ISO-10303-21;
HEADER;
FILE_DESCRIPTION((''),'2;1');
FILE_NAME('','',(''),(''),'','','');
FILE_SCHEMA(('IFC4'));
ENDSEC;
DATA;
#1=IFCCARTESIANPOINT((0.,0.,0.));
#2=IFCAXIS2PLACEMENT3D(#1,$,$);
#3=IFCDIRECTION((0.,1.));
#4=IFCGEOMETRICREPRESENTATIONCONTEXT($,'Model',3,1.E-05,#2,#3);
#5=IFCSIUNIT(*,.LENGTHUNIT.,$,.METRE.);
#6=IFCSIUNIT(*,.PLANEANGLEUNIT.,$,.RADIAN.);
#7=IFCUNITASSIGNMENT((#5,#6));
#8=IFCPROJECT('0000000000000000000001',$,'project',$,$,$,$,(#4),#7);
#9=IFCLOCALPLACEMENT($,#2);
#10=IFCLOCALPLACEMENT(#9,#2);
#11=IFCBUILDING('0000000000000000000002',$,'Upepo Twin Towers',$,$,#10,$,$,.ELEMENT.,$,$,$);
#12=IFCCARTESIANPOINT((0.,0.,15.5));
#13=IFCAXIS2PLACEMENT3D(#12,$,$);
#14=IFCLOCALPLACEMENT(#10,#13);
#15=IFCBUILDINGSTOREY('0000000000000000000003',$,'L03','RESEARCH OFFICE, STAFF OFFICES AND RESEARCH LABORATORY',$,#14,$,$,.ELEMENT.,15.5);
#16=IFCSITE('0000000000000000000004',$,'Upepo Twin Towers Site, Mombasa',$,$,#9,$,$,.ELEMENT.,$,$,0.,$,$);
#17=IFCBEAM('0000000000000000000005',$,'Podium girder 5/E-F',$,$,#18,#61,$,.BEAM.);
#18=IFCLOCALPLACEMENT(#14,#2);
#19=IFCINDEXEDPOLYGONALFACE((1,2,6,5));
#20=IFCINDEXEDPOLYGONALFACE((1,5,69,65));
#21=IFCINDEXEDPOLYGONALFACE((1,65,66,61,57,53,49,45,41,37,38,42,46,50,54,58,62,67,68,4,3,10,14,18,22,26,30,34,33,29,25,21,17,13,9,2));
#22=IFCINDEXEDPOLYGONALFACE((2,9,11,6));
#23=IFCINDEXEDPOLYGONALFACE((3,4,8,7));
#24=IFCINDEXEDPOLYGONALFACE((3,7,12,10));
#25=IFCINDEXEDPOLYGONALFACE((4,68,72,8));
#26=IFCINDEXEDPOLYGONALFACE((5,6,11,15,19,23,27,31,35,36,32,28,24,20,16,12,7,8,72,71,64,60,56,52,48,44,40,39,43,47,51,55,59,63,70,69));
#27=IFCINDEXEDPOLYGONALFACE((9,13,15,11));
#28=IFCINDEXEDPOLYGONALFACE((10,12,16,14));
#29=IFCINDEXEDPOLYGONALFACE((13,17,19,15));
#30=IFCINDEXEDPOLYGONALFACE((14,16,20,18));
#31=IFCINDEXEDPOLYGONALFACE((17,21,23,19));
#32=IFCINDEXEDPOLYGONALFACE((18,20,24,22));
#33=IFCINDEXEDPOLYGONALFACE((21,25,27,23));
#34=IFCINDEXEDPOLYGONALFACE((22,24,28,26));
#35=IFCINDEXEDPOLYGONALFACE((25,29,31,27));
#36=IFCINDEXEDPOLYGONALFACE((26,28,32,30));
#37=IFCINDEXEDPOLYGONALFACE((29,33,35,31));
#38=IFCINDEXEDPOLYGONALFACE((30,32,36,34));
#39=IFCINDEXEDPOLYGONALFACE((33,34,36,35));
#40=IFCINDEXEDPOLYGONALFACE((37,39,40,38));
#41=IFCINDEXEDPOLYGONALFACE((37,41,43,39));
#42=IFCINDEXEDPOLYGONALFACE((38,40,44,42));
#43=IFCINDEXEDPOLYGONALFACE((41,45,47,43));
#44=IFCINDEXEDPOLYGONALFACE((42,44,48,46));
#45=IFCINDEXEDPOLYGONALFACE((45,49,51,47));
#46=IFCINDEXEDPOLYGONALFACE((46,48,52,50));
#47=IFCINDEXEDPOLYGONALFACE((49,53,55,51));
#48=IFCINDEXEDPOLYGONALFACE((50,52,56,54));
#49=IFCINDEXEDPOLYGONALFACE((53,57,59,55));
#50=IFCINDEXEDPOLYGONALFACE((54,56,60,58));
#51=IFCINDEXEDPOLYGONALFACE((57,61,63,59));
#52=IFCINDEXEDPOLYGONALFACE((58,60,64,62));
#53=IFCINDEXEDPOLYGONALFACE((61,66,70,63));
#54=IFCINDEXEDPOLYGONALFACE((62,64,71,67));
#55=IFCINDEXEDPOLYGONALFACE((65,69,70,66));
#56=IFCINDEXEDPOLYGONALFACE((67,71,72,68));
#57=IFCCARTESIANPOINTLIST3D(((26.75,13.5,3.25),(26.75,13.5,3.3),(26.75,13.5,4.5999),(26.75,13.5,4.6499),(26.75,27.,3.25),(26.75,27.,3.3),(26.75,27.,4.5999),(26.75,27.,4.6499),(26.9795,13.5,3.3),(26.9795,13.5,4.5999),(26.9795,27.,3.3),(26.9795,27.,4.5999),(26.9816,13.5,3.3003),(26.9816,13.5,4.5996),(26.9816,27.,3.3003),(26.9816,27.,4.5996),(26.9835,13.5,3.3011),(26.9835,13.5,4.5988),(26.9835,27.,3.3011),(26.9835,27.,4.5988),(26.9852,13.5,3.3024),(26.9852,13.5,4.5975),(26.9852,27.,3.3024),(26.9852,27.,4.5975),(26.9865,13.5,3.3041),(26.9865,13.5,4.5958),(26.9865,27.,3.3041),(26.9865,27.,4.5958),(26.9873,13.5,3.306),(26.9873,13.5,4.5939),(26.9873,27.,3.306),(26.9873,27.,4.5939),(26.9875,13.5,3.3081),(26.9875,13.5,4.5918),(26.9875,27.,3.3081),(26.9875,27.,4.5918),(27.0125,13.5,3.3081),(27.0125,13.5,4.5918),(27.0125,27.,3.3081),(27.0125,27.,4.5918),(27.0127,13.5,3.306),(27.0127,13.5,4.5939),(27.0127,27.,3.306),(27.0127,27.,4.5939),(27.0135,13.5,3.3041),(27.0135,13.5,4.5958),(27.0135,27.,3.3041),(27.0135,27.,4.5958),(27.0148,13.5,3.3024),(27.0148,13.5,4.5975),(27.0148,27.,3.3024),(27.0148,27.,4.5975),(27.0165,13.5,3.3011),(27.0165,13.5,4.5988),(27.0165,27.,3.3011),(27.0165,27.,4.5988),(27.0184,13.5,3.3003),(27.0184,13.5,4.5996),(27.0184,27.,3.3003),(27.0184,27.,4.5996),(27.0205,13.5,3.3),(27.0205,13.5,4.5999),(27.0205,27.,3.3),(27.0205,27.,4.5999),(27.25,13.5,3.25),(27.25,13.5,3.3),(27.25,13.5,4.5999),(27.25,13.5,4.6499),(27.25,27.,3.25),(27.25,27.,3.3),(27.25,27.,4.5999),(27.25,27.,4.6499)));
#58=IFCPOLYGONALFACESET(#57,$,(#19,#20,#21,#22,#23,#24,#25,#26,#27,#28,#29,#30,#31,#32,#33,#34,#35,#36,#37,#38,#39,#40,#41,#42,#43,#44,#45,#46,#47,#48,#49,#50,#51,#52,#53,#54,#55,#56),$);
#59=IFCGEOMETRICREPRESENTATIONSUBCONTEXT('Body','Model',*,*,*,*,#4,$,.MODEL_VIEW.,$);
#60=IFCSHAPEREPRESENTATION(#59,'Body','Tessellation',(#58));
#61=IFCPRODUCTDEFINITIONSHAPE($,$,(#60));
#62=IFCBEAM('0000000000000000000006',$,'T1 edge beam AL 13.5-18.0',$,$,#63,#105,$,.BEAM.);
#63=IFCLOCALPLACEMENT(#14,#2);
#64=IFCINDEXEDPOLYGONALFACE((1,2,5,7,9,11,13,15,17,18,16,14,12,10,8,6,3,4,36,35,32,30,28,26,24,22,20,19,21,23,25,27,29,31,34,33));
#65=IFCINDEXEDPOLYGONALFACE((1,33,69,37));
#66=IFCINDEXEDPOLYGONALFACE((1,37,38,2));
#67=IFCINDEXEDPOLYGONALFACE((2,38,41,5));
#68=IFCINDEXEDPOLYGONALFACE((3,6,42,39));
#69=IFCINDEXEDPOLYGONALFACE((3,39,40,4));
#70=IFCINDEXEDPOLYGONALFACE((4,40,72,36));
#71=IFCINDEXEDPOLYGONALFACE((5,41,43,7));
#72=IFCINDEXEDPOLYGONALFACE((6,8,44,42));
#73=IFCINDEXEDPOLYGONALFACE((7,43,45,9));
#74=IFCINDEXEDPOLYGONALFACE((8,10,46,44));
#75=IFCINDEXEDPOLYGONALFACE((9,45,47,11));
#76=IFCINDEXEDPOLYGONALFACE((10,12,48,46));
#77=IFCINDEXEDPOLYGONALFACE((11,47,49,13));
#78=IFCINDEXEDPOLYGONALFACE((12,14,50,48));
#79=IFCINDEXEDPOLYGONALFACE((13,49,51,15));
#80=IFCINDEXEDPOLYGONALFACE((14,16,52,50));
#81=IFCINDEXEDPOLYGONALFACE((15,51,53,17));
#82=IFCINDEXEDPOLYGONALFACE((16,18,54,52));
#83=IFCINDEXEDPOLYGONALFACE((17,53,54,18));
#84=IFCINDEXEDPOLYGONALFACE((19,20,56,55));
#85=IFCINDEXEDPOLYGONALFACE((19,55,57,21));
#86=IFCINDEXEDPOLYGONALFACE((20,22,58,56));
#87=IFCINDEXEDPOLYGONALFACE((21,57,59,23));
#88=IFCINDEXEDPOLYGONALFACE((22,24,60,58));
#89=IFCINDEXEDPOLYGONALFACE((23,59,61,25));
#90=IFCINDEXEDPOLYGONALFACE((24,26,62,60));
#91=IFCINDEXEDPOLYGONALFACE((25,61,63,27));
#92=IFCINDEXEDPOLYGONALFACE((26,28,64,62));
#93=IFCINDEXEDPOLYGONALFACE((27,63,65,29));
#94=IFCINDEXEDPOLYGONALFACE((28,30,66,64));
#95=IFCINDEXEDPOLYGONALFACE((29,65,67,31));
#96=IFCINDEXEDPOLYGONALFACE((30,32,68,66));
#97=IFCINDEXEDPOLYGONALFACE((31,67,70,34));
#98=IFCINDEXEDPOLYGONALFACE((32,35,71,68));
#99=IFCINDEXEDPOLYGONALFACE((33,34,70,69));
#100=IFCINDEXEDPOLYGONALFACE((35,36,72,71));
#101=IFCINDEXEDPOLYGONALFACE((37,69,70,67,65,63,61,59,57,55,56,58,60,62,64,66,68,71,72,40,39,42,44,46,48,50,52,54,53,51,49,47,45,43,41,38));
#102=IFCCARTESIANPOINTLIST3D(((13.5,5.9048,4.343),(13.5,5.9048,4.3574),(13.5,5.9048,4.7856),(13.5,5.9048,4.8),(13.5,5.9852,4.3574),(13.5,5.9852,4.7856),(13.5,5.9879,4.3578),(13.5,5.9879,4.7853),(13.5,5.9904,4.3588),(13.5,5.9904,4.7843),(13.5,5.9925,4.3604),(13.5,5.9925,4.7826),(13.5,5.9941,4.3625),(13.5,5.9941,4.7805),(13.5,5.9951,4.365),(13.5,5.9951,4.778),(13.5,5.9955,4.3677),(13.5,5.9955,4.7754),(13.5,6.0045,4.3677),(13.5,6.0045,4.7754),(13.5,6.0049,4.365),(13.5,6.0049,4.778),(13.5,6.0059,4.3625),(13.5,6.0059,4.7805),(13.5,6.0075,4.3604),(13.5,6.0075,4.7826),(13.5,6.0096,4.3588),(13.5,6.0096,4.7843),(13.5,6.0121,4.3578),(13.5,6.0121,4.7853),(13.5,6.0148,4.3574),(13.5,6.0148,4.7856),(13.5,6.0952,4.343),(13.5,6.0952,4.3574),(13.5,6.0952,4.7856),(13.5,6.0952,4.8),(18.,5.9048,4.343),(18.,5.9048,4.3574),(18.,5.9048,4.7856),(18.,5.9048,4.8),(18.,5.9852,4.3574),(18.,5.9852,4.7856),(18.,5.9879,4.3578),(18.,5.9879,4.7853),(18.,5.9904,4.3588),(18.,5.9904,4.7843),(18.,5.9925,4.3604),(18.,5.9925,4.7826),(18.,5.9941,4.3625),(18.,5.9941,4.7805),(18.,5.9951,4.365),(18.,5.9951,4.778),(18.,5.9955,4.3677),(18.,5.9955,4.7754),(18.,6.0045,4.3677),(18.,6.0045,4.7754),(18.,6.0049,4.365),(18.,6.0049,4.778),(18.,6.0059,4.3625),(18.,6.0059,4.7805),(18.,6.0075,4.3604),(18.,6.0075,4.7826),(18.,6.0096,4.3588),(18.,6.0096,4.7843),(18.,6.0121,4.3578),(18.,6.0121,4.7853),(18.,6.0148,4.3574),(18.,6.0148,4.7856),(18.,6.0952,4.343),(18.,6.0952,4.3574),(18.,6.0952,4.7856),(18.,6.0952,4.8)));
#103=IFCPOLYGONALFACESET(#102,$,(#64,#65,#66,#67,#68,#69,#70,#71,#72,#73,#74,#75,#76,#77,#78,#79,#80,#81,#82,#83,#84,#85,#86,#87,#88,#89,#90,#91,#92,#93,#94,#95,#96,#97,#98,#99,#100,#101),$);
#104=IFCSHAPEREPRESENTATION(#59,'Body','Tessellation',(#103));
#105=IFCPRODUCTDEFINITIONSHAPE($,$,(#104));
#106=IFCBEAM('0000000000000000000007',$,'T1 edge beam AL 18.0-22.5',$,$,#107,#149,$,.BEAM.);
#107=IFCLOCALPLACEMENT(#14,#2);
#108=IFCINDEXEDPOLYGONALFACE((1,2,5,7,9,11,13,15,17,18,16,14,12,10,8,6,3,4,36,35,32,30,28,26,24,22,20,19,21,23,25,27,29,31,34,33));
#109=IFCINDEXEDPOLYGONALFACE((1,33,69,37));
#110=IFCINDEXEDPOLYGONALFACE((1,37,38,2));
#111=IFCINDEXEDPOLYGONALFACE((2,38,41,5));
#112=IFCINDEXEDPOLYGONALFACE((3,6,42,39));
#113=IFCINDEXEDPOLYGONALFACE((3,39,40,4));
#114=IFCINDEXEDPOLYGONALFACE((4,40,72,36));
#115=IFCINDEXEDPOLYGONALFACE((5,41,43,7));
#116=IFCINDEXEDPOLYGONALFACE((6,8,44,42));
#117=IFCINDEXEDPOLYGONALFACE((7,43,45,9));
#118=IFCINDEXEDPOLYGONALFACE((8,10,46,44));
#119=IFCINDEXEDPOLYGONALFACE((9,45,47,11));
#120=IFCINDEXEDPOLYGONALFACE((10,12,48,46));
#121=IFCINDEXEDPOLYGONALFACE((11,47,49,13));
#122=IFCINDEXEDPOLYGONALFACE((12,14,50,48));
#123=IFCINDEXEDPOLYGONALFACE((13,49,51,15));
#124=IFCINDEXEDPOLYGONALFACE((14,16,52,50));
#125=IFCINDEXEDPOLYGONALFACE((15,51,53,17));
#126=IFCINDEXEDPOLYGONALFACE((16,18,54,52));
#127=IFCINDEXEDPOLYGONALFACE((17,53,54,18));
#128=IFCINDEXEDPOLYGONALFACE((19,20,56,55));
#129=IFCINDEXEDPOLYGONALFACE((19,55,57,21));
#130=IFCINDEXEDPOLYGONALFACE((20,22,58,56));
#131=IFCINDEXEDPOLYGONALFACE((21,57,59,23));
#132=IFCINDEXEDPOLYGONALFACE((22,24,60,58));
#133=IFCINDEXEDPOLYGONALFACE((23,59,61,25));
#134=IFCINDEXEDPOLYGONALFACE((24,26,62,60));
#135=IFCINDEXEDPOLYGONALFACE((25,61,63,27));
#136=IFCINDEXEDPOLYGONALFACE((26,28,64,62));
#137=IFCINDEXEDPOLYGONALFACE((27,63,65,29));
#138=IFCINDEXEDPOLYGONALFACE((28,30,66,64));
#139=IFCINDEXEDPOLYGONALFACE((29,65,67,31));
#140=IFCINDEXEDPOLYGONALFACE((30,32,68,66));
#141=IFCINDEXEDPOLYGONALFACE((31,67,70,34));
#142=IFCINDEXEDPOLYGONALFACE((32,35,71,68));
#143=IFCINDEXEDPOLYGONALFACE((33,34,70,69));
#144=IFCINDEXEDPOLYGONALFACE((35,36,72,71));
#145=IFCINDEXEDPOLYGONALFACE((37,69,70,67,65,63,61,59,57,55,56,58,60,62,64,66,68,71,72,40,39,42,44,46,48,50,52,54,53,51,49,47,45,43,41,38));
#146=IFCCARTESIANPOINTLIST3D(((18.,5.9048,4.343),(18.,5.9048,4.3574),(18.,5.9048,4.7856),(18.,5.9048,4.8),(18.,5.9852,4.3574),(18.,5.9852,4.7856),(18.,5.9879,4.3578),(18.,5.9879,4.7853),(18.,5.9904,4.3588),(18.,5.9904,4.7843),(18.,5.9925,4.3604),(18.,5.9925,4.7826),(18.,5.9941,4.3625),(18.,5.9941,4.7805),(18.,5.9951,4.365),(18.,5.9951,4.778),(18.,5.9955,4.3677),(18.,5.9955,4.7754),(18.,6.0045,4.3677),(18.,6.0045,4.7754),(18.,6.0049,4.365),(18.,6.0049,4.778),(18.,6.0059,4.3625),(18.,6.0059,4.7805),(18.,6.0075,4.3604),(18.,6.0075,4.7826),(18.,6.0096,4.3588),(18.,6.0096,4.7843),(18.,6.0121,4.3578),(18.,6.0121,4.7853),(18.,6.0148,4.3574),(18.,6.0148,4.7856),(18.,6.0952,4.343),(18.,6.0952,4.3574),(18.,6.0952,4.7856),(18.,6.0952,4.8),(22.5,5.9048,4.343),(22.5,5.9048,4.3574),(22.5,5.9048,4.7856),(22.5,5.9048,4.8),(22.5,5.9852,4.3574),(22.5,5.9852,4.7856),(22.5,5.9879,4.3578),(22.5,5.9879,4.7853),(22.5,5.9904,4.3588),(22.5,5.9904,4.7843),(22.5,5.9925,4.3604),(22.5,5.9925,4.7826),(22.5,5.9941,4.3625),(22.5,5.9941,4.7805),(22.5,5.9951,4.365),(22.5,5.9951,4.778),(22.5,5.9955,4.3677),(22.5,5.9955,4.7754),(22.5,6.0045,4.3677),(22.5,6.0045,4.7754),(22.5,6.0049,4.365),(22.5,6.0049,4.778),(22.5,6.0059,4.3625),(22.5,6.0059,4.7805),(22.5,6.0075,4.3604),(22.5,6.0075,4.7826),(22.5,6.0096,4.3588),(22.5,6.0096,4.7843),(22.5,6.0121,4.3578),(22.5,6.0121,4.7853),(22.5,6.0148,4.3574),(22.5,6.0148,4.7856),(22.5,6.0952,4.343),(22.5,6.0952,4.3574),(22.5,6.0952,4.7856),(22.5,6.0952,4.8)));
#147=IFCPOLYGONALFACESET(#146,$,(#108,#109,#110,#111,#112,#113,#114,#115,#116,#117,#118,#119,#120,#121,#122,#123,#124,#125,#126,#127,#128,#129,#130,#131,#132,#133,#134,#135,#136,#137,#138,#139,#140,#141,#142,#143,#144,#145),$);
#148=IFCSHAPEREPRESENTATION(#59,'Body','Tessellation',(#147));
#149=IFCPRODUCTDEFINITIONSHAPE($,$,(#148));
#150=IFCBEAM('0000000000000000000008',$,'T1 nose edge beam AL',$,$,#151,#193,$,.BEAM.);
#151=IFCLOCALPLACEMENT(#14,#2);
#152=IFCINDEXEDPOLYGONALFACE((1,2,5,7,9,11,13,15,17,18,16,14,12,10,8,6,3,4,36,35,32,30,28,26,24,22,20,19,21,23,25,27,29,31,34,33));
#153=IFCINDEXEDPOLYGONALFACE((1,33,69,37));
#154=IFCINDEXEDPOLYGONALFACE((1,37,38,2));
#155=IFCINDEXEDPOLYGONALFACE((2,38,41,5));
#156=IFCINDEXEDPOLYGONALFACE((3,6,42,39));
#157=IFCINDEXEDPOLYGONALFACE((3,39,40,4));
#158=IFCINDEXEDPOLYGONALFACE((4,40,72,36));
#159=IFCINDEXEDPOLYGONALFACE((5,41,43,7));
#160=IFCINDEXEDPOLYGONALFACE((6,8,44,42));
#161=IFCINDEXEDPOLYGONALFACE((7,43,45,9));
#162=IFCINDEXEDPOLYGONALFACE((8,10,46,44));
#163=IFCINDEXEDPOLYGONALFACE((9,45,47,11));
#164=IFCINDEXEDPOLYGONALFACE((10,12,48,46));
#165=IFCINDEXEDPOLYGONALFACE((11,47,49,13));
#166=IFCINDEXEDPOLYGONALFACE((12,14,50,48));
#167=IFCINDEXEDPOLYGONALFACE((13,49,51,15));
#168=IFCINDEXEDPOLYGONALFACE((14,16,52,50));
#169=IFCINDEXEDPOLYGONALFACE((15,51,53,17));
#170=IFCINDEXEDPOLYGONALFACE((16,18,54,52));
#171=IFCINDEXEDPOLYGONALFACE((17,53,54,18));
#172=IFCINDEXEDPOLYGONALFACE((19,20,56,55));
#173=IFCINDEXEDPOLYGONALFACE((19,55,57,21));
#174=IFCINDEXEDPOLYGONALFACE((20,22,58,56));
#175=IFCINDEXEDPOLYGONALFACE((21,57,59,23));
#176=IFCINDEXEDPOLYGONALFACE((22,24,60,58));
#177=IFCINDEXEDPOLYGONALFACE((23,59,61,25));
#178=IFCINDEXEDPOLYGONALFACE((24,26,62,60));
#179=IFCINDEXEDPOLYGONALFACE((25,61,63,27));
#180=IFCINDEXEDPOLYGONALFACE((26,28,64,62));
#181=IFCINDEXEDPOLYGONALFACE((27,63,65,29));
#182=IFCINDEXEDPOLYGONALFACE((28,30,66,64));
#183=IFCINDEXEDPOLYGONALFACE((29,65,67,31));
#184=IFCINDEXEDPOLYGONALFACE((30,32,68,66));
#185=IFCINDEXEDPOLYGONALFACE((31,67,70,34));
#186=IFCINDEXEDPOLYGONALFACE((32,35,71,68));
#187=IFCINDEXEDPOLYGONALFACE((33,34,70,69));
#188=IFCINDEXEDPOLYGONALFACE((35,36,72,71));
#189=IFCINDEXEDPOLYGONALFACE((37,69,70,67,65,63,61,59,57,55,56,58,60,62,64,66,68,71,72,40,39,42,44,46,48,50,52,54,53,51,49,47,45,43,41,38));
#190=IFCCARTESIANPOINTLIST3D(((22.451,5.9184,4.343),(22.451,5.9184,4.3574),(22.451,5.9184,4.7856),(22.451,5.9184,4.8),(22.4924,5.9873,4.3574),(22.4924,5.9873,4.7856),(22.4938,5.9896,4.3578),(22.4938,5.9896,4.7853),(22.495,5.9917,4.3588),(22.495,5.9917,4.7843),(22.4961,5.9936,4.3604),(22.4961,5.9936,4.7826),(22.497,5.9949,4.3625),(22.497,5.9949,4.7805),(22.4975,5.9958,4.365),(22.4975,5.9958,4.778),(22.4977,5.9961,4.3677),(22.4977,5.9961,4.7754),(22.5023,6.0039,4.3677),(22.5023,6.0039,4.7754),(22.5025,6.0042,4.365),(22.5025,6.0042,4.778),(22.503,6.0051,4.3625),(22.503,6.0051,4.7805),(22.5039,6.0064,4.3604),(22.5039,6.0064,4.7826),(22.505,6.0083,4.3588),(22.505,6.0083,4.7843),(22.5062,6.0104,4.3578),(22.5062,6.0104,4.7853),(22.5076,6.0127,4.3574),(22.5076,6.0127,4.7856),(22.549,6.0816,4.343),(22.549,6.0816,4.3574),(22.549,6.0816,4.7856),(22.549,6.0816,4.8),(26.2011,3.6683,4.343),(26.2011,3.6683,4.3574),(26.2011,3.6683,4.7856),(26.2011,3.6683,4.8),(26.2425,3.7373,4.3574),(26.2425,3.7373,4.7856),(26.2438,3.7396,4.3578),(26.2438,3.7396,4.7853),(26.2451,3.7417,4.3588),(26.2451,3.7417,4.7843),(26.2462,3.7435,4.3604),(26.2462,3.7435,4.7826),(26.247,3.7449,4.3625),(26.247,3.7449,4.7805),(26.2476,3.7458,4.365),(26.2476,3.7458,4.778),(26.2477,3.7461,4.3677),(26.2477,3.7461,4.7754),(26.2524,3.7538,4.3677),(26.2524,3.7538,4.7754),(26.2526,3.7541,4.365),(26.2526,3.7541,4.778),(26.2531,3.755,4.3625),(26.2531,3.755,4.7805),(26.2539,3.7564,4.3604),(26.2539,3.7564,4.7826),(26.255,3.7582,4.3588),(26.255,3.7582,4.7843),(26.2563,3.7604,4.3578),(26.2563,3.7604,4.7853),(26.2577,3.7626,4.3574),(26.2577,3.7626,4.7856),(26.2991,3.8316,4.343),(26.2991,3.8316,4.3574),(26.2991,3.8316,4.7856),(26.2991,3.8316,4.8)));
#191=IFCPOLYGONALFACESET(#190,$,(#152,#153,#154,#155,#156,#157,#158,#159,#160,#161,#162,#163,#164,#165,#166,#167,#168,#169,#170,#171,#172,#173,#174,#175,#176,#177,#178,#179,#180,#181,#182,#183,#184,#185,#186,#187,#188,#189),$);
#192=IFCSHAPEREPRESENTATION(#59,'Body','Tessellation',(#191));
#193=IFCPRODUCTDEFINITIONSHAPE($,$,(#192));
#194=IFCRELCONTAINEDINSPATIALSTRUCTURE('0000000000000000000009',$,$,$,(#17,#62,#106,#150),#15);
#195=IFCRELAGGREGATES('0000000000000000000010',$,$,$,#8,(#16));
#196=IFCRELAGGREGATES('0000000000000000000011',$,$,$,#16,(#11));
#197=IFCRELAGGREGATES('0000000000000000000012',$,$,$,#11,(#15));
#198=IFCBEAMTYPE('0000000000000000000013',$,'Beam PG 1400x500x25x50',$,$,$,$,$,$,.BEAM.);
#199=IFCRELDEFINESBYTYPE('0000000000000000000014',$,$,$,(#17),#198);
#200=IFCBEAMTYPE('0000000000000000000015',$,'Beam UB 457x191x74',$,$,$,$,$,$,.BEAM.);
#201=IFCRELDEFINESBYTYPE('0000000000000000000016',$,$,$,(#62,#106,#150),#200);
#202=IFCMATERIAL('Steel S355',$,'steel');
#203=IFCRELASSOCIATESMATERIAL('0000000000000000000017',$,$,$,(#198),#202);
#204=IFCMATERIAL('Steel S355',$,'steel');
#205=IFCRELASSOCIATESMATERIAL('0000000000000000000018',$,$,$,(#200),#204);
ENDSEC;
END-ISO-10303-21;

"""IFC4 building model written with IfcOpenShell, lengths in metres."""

from ifc_helpers import new_model, si_unit, direction, frame, origin, origin_2d, place, context, subcontext, project, spatial, i_section, extrude, material, material_profile, profile_set, type_object, element, save


model = new_model("IFC4")

# Units and contexts
model_context = context("Model", 3, precision=1e-05, world=origin(), true_north=direction((0.0, 1.0)))
body_context = subcontext(model_context, "Body", "Model", "MODEL_VIEW")
ifc_project = project(units=[si_unit("LENGTHUNIT", "METRE"), si_unit("PLANEANGLEUNIT", "RADIAN")], contexts=[model_context])

# Site, building, storey
site_placement = place(None, origin())
site = spatial("IfcSite", under=ifc_project, at=site_placement, Name="Upepo Twin Towers Site, Mombasa", CompositionType="ELEMENT", RefElevation=0.0)
building_placement = place(site_placement, origin())
building = spatial("IfcBuilding", under=site, at=building_placement, Name="Upepo Twin Towers", CompositionType="ELEMENT")
storey_placement = place(building_placement, frame((0.0, 0.0, 15.5)))
storey = spatial("IfcBuildingStorey", under=building, at=storey_placement, Name="L03", Description="RESEARCH OFFICE, STAFF OFFICES AND RESEARCH LABORATORY", CompositionType="ELEMENT", Elevation=15.5)

# Beams
ifc_material_1 = material(Name="Steel S355", Category="steel")
ifc_material_profile_1 = material_profile(ifc_material_1, i_section(OverallWidth=0.5, OverallDepth=1.3999, WebThickness=0.0249, FlangeThickness=0.05, FilletRadius=0.0081, at=origin_2d()), Name="PG 1400x500x25x50")
ifc_profile_set_1 = profile_set([ifc_material_profile_1], Name="Steel S355")
beam_type_1 = type_object("IfcBeamType", Name="Beam PG 1400x500x25x50", PredefinedType="BEAM", material=ifc_profile_set_1)
for number, where, z_axis, x_axis, name in (
    (1, (27.0, 13.5, 3.95), (0.0, 1.0, 0.0), (-1.0, 0.0, 0.0), "Podium girder 5/E-F"),
):
    element("IfcBeam", number, at=place(storey_placement, frame(where, z_axis=z_axis, x_axis=x_axis)), inside=storey, type_object=beam_type_1, Name=name, PredefinedType="BEAM", context=body_context, shape_type="SweptSolid", body=[
        extrude(i_section(OverallWidth=0.5, OverallDepth=1.3999, WebThickness=0.0249, FlangeThickness=0.05, FilletRadius=0.0081, at=origin_2d()), origin(), (0.0, 0.0, 1.0), 13.5),
    ])
ifc_material_2 = material(Name="Steel S355", Category="steel")
ifc_material_profile_2 = material_profile(ifc_material_2, i_section(OverallWidth=0.1904, OverallDepth=0.457, WebThickness=0.009, FlangeThickness=0.0144, FilletRadius=0.0103, at=origin_2d()), Name="UB 457x191x74")
ifc_profile_set_2 = profile_set([ifc_material_profile_2], Name="Steel S355")
beam_type_2 = type_object("IfcBeamType", Name="Beam UB 457x191x74", PredefinedType="BEAM", material=ifc_profile_set_2)
for number, where, z_axis, x_axis, name in (
    (2, (13.5, 6.0, 4.5715), (1.0, 0.0, 0.0), (0.0, 1.0, 0.0), "T1 edge beam AL 13.5-18.0"),
    (3, (18.0, 6.0, 4.5715), (1.0, 0.0, 0.0), (0.0, 1.0, 0.0), "T1 edge beam AL 18.0-22.5"),
):
    element("IfcBeam", number, at=place(storey_placement, frame(where, z_axis=z_axis, x_axis=x_axis)), inside=storey, type_object=beam_type_2, Name=name, PredefinedType="BEAM", context=body_context, shape_type="SweptSolid", body=[
        extrude(i_section(OverallWidth=0.1904, OverallDepth=0.457, WebThickness=0.009, FlangeThickness=0.0144, FilletRadius=0.0103, at=origin_2d()), origin(), (0.0, 0.0, 1.0), 4.5),
    ])
beam_1_placement = place(storey_placement, frame((22.5, 6.0, 4.5715), z_axis=(0.857493, -0.514496, 0.0), x_axis=(0.514496, 0.857493, 0.0)))
element("IfcBeam", 4, at=beam_1_placement, inside=storey, type_object=beam_type_2, Name="T1 nose edge beam AL", PredefinedType="BEAM", context=body_context, shape_type="SweptSolid", body=[
    extrude(i_section(OverallWidth=0.1904, OverallDepth=0.457, WebThickness=0.009, FlangeThickness=0.0144, FilletRadius=0.0103, at=origin_2d()), origin(), (0.0, 0.0, 1.0), 4.3733),
])

save(model, "model.ifc")
